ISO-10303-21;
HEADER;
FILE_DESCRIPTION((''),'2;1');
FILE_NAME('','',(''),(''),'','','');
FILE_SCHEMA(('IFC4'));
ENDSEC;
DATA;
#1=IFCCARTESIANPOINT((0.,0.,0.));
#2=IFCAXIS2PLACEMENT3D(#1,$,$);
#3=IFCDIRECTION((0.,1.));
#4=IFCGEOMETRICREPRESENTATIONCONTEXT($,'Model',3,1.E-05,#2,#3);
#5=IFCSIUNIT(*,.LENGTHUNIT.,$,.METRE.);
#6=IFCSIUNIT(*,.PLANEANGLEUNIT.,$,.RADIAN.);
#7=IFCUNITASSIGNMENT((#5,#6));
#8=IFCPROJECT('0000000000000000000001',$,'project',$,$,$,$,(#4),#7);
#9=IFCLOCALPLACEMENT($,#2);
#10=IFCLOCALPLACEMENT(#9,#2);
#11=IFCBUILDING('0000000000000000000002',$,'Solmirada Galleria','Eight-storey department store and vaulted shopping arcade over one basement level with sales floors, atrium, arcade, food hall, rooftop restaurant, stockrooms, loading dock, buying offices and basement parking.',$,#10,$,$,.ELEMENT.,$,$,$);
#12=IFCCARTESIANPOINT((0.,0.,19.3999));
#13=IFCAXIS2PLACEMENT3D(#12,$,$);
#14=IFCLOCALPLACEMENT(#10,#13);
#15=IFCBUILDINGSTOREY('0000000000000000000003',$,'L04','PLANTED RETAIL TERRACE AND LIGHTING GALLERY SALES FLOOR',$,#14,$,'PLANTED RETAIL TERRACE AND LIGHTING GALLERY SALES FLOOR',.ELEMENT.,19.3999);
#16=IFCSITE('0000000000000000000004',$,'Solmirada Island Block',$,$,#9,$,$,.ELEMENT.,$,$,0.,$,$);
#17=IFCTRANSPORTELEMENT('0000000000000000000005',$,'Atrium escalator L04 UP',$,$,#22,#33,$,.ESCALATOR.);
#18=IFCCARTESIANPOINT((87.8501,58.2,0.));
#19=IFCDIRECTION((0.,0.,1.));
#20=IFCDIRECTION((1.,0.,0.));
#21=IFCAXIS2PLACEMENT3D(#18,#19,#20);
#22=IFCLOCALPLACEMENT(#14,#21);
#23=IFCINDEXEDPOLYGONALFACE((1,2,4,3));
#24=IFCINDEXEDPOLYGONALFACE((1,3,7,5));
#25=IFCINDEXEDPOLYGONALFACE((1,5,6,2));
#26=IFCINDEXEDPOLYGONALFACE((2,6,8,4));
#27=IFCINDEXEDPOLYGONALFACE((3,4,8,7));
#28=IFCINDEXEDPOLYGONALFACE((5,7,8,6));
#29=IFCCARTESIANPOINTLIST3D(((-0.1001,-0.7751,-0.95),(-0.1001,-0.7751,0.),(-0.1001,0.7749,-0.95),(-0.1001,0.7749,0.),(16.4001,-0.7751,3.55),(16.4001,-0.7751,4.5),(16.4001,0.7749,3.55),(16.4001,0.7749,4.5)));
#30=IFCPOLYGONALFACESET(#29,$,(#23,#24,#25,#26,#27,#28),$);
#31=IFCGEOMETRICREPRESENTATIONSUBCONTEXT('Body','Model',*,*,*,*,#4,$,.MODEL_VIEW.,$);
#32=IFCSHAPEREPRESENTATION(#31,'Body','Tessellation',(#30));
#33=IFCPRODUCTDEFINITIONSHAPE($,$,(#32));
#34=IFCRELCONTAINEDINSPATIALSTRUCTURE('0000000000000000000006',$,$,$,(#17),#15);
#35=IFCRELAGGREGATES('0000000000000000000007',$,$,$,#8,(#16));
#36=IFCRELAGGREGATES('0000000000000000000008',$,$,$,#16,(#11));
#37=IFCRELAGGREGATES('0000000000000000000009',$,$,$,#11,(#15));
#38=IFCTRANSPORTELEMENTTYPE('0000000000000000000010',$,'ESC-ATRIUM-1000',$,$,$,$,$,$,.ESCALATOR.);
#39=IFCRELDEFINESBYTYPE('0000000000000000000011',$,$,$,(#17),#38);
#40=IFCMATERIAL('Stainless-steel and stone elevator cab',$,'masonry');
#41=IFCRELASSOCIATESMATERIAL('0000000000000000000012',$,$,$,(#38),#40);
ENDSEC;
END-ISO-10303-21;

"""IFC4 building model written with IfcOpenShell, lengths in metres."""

from ifc_helpers import new_model, si_unit, direction, frame, origin, place, context, subcontext, project, spatial, polyline, outline, extrude, material, type_object, element, save


model = new_model("IFC4")

# Units and contexts
model_context = context("Model", 3, precision=1e-05, world=origin(), true_north=direction((0.0, 1.0)))
body_context = subcontext(model_context, "Body", "Model", "MODEL_VIEW")
ifc_project = project(units=[si_unit("LENGTHUNIT", "METRE"), si_unit("PLANEANGLEUNIT", "RADIAN")], contexts=[model_context])

# Site, building, storey
site_placement = place(None, origin())
site = spatial("IfcSite", under=ifc_project, at=site_placement, Name="Solmirada Island Block", CompositionType="ELEMENT", RefElevation=0.0)
building_placement = place(site_placement, origin())
building = spatial("IfcBuilding", under=site, at=building_placement, Name="Solmirada Galleria", Description="Eight-storey department store and vaulted shopping arcade over one basement level with sales floors, atrium, arcade, food hall, rooftop restaurant, stockrooms, loading dock, buying offices and basement parking.", CompositionType="ELEMENT")
storey_placement = place(building_placement, frame((0.0, 0.0, 19.3999)))
storey = spatial("IfcBuildingStorey", under=building, at=storey_placement, Name="L04", Description="PLANTED RETAIL TERRACE AND LIGHTING GALLERY SALES FLOOR", LongName="PLANTED RETAIL TERRACE AND LIGHTING GALLERY SALES FLOOR", CompositionType="ELEMENT", Elevation=19.3999)

# Transport element
ifc_material_1 = material(Name="Stainless-steel and stone elevator cab", Category="masonry")
transport_element_type = type_object("IfcTransportElementType", Name="ESC-ATRIUM-1000", PredefinedType="ESCALATOR", material=ifc_material_1)
transport_element_placement = place(storey_placement, frame((87.8501, 58.2, 0.0), z_axis=(0.0, 0.0, 1.0), x_axis=(1.0, 0.0, 0.0)))
element("IfcTransportElement", 1, at=transport_element_placement, inside=storey, type_object=transport_element_type, Name="Atrium escalator L04 UP", PredefinedType="ESCALATOR", context=body_context, shape_type="SweptSolid", body=[
    extrude(outline(polyline([(-0.1001, 0.0), (16.4001, 4.5), (16.4001, 3.55), (-0.1001, -0.95), (-0.1001, 0.0)])), frame((0.0, 0.7749, 0.0), z_axis=(0.0, -1.0, 0.0), x_axis=(1.0, 0.0, 0.0)), (0.0, 0.0, 1.0), 1.55),
])

save(model, "model.ifc")
